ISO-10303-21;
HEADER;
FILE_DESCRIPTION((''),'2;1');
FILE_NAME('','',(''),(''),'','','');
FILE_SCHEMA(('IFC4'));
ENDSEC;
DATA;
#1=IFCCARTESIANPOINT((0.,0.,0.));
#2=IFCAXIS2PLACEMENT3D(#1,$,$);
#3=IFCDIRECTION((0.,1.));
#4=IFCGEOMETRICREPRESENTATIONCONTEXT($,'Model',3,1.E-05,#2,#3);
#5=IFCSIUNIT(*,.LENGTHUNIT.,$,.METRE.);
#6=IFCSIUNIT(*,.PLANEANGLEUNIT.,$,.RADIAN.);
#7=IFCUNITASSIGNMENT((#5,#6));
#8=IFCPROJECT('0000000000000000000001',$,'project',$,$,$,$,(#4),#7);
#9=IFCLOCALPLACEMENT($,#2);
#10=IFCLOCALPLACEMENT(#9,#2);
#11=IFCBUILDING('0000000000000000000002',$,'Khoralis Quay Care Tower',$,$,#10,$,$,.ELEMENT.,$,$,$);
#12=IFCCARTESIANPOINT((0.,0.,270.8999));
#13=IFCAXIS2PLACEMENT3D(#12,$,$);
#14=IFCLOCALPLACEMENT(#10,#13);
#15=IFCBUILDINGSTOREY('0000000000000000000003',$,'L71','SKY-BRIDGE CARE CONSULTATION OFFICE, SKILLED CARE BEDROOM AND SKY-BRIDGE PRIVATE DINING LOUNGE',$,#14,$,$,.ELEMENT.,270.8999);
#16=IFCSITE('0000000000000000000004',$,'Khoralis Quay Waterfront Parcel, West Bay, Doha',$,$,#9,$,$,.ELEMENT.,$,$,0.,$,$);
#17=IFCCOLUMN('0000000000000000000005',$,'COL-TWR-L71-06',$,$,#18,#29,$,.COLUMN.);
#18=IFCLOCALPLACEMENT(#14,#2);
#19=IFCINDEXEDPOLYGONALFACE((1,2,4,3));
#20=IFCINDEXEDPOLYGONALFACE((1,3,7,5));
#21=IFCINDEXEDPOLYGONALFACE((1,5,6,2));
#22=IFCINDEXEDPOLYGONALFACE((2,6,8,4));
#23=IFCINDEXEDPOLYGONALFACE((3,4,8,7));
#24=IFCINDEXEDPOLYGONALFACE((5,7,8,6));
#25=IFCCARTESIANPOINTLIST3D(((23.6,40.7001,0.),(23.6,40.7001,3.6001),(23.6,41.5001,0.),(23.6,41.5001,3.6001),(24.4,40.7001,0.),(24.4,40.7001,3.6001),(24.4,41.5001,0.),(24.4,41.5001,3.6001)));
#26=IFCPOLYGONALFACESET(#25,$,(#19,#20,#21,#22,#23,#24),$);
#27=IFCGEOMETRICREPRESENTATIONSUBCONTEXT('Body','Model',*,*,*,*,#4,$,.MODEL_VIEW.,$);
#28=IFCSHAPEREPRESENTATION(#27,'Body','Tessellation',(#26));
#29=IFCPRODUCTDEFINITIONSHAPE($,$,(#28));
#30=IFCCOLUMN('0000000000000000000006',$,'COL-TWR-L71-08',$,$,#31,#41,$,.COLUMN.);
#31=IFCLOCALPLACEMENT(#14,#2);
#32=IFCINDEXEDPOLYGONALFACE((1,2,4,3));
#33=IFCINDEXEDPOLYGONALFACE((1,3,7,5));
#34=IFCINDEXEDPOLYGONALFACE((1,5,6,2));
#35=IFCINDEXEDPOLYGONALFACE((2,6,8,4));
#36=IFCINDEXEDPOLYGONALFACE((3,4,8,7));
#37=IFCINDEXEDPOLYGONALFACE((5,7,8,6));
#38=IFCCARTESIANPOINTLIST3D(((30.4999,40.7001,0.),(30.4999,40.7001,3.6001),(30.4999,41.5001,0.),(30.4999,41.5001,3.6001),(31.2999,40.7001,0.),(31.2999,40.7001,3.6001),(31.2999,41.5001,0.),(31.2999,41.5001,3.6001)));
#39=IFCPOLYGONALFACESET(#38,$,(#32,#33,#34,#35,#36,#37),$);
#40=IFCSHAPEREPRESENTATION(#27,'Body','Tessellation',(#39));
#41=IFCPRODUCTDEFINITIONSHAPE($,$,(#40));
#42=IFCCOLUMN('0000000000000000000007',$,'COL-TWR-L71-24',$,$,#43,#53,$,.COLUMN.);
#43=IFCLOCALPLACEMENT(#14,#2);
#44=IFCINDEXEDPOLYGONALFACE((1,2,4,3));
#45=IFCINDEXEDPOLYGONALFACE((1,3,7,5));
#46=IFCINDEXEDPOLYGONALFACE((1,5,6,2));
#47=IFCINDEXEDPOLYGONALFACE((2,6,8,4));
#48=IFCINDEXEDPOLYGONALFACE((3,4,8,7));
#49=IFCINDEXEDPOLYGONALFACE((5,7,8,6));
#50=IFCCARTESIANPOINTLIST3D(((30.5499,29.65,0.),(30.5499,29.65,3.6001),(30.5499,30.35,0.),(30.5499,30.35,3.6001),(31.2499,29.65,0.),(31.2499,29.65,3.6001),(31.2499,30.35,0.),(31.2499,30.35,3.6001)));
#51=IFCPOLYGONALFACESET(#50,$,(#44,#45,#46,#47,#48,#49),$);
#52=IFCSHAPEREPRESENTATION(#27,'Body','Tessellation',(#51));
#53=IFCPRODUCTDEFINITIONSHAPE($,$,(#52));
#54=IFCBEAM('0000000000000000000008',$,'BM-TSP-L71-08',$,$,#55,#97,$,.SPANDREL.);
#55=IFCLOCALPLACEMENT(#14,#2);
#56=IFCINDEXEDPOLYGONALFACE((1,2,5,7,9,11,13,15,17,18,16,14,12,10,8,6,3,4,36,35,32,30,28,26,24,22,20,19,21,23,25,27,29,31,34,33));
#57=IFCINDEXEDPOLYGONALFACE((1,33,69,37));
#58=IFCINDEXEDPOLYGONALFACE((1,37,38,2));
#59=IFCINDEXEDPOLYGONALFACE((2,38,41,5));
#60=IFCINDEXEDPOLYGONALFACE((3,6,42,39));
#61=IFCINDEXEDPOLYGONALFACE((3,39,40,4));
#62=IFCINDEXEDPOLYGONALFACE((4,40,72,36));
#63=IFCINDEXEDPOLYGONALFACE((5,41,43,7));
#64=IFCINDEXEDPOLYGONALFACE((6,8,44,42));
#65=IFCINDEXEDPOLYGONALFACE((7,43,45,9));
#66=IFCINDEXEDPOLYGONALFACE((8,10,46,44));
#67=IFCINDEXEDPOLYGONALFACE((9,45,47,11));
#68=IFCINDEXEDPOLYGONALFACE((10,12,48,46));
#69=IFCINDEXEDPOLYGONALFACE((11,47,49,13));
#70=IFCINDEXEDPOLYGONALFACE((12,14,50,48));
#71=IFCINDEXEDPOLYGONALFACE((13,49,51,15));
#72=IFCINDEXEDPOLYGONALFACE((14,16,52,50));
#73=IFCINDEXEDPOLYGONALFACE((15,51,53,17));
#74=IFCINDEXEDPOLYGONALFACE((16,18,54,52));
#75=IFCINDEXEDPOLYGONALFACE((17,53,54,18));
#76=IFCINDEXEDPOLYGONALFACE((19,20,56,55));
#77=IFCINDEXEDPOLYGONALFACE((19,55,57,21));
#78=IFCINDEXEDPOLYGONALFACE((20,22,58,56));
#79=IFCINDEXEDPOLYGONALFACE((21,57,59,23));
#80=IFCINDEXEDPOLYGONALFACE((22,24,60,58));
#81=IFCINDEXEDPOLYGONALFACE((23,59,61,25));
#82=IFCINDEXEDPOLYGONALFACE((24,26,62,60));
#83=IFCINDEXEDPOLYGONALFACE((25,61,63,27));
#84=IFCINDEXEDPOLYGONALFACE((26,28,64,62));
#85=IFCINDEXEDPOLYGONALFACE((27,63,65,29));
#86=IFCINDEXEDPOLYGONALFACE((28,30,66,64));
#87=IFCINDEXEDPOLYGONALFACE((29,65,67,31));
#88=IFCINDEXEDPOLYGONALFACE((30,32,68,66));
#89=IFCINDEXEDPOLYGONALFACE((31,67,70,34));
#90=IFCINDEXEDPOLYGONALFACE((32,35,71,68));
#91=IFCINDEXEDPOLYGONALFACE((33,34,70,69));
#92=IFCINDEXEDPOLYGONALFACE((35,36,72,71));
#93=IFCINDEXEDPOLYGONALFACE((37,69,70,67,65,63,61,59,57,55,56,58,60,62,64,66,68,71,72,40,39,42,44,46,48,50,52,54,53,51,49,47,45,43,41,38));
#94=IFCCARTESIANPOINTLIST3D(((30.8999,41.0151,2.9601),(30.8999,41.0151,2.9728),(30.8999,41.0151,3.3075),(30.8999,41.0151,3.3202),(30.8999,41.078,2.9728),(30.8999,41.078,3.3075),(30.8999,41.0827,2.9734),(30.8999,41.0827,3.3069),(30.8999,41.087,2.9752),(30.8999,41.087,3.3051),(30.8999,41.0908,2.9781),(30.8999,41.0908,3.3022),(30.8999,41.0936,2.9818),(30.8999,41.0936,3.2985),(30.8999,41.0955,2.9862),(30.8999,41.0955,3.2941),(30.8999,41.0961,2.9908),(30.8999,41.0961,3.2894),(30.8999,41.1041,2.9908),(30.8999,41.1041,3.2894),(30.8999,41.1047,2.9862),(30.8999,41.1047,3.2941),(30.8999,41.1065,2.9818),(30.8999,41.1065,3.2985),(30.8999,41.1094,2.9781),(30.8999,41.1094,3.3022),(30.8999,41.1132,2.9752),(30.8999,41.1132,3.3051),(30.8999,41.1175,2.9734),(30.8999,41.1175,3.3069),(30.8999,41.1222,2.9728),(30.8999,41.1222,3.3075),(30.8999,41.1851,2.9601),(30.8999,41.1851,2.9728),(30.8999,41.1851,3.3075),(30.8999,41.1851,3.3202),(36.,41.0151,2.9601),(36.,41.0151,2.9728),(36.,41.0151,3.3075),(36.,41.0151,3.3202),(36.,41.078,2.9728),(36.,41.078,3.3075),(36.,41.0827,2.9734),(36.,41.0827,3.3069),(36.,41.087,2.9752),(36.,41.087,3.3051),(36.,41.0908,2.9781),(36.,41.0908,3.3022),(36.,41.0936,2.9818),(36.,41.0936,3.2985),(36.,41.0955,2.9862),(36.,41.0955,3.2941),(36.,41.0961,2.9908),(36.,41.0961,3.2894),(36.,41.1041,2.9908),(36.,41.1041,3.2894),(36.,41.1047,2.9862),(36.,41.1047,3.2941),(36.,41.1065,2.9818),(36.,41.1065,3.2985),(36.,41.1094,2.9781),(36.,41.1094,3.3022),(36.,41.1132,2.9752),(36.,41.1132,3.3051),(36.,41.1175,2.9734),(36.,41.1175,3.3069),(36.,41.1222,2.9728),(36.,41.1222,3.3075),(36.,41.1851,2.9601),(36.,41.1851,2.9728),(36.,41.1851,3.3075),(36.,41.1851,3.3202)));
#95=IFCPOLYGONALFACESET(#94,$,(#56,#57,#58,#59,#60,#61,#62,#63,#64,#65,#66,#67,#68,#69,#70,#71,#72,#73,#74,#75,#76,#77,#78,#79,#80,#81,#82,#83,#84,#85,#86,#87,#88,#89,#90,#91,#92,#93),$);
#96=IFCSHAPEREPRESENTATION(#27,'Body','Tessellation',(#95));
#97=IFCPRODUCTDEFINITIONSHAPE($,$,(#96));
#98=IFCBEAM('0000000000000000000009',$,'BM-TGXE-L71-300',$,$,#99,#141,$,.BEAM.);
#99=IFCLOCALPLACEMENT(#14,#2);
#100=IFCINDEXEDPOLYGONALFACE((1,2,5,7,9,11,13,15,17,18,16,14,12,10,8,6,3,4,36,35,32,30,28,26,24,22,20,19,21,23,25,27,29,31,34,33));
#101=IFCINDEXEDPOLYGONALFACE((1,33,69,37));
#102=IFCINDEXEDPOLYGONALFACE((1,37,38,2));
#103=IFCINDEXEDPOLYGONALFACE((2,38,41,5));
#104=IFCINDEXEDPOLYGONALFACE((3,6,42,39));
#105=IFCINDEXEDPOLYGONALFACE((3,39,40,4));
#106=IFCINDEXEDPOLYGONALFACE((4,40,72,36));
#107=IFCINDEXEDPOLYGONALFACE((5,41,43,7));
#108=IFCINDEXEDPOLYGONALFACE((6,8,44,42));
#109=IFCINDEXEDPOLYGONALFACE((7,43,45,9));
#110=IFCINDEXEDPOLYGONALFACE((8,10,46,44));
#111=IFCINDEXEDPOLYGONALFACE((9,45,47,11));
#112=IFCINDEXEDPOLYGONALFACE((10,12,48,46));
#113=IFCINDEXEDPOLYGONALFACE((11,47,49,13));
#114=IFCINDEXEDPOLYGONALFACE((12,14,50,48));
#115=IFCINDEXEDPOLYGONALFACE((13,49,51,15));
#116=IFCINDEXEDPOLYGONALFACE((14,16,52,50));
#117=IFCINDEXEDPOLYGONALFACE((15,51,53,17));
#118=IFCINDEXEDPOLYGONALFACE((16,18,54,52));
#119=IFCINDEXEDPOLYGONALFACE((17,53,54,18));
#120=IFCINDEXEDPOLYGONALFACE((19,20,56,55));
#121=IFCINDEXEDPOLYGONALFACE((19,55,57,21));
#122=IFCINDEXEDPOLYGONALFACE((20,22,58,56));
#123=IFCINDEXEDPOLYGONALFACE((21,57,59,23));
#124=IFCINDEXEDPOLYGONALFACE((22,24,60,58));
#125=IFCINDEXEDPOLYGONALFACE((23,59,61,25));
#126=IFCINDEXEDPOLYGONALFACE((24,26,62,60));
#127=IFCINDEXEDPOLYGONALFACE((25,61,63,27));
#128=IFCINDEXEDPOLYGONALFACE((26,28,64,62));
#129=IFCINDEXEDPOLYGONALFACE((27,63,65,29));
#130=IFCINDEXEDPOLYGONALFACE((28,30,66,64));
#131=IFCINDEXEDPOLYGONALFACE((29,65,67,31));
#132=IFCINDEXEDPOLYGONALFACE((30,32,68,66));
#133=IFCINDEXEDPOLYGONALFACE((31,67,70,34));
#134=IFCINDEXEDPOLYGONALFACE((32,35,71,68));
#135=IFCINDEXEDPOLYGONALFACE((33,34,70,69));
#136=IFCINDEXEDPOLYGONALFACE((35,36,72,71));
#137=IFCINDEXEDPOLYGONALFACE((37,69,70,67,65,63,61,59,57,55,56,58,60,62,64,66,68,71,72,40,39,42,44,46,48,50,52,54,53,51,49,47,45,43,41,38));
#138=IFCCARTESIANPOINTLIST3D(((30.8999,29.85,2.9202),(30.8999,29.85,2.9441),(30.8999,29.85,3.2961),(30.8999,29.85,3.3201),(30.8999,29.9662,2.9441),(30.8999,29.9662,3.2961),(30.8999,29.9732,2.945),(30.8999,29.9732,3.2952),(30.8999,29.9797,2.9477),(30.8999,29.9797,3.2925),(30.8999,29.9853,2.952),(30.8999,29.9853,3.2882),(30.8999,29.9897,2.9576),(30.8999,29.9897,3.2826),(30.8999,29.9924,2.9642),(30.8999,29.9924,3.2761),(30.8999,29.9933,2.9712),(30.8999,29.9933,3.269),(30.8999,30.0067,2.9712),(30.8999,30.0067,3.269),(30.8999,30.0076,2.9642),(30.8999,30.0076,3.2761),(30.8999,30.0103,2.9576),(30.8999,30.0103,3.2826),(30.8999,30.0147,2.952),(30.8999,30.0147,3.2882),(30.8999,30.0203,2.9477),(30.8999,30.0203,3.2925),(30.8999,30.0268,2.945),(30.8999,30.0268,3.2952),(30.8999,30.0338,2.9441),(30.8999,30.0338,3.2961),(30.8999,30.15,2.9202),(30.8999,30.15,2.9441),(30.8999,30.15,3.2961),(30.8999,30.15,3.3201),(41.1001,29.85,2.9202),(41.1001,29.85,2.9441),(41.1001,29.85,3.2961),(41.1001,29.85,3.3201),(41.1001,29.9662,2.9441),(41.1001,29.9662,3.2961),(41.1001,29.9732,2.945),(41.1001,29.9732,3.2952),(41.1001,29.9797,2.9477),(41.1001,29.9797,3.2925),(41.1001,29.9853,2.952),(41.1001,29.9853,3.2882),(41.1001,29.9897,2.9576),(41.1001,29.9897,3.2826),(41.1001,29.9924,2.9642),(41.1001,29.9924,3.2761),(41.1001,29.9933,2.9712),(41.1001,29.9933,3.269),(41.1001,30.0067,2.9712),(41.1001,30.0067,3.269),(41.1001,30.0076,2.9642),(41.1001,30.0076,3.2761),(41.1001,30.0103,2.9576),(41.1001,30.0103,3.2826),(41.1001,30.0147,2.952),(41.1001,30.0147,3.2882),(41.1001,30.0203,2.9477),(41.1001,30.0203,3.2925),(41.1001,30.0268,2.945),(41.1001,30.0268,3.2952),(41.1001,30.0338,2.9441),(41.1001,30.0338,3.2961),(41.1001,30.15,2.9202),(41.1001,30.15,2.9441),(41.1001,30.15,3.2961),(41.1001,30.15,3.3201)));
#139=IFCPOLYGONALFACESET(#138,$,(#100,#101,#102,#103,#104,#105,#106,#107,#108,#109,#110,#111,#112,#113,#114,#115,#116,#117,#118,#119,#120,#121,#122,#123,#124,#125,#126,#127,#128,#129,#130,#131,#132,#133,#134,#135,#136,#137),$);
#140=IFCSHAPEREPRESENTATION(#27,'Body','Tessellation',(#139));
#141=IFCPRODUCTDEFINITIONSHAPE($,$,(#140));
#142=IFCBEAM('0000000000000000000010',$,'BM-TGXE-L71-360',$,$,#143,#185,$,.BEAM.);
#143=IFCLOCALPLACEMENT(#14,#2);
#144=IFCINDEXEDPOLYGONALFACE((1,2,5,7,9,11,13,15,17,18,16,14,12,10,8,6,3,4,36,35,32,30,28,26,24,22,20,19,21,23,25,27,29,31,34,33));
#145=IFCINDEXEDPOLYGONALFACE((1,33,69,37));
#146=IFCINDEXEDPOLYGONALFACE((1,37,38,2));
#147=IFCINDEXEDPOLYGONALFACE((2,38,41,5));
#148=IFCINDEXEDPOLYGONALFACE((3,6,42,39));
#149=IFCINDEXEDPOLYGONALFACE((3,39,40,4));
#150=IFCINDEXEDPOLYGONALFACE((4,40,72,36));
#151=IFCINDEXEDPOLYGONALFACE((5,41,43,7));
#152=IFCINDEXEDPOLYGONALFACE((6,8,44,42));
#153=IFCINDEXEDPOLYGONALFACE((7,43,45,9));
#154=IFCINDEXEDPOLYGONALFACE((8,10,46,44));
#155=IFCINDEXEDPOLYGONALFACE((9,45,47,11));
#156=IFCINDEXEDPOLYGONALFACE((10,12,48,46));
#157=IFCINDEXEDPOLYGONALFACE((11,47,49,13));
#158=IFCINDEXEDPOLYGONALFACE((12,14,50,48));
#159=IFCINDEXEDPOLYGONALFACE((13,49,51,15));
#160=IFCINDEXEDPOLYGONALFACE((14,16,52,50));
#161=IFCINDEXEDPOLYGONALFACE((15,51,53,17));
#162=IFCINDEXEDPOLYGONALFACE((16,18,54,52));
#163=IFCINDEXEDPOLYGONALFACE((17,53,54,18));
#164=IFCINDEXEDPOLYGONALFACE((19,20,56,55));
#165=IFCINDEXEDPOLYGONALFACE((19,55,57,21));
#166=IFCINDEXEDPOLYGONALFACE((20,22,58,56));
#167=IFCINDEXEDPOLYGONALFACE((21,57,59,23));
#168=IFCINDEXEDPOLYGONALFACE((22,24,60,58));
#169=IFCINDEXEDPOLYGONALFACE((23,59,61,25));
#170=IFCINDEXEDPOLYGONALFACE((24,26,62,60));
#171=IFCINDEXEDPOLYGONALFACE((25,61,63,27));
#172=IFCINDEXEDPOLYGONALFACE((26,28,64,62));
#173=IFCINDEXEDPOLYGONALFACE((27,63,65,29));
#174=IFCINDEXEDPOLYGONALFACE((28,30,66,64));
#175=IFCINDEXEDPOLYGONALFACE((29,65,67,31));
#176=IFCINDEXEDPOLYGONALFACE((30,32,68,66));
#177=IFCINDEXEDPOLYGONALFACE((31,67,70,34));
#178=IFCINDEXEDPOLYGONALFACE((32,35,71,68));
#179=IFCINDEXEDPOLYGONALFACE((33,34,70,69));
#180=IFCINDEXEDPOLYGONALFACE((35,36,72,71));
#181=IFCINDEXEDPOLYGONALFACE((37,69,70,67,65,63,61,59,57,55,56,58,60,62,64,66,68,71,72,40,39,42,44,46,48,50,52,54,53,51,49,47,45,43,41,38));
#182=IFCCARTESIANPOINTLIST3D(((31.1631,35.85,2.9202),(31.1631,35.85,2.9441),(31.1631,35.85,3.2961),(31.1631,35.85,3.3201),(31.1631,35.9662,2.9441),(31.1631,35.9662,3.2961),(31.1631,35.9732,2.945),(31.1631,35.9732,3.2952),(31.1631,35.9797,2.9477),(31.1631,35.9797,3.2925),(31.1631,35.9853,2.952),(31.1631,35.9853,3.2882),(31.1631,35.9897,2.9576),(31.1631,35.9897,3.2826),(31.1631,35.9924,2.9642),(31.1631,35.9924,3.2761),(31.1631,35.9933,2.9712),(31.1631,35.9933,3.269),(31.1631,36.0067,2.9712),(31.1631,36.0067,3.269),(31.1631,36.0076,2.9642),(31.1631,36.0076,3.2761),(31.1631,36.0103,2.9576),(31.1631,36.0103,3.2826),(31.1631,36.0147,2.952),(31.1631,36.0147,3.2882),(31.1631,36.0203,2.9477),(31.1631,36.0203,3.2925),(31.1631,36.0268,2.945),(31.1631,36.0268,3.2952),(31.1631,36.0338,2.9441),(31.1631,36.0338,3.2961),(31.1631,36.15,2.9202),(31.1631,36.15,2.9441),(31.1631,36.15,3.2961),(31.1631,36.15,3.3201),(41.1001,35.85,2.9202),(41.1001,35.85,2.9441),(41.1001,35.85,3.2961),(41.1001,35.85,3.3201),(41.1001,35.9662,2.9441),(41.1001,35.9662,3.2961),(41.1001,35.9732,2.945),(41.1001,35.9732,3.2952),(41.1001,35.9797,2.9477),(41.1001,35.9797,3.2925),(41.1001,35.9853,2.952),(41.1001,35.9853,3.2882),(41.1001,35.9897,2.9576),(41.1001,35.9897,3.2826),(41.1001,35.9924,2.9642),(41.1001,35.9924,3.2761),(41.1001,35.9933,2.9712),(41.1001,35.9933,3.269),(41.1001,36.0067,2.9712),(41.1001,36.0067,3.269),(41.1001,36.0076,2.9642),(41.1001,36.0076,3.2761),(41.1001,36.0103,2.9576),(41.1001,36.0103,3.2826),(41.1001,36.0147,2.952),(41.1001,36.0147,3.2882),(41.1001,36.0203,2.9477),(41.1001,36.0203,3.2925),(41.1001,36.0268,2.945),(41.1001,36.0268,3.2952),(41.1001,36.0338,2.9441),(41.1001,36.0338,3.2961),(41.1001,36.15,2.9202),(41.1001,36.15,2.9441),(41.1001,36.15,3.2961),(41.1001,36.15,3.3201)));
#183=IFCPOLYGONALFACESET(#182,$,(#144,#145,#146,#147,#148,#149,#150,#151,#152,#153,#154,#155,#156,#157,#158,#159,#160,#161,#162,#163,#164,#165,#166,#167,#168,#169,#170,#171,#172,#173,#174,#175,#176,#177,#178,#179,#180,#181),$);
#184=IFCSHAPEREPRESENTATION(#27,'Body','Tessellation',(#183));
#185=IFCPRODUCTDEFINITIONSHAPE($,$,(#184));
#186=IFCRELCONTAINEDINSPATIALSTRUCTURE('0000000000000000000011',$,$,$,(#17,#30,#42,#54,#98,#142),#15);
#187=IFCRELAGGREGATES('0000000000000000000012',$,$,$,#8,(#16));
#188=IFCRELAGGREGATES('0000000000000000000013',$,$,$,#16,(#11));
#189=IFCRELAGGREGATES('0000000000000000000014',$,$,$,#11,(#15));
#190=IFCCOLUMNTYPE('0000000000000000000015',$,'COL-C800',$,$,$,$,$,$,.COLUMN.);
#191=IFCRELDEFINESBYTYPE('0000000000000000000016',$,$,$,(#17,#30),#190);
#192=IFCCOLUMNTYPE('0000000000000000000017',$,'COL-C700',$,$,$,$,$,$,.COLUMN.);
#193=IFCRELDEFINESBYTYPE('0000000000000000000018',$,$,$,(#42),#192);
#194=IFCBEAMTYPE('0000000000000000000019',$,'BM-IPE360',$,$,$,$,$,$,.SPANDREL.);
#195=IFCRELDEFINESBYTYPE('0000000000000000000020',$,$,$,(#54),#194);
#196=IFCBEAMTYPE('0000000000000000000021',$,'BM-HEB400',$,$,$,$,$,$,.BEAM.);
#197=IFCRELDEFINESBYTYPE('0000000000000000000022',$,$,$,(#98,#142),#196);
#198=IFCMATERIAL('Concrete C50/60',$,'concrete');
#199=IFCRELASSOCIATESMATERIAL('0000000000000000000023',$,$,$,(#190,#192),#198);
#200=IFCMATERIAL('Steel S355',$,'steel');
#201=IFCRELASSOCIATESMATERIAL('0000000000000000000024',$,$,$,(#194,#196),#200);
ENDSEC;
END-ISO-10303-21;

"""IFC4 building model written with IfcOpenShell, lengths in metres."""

from ifc_helpers import new_model, si_unit, direction, frame, origin, origin_2d, place, context, subcontext, project, spatial, rectangle, i_section, extrude, source, transform, mapped, material, material_profile, profile_set, type_object, element, save


model = new_model("IFC4")

# Units and contexts
model_context = context("Model", 3, precision=1e-05, world=origin(), true_north=direction((0.0, 1.0)))
body_context = subcontext(model_context, "Body", "Model", "MODEL_VIEW")
ifc_project = project(units=[si_unit("LENGTHUNIT", "METRE"), si_unit("PLANEANGLEUNIT", "RADIAN")], contexts=[model_context])

# Site, building, storey
site_placement = place(None, origin())
site = spatial("IfcSite", under=ifc_project, at=site_placement, Name="Khoralis Quay Waterfront Parcel, West Bay, Doha", CompositionType="ELEMENT", RefElevation=0.0)
building_placement = place(site_placement, origin())
building = spatial("IfcBuilding", under=site, at=building_placement, Name="Khoralis Quay Care Tower", CompositionType="ELEMENT")
storey_placement = place(building_placement, frame((0.0, 0.0, 270.8999)))
storey = spatial("IfcBuildingStorey", under=building, at=storey_placement, Name="L71", Description="SKY-BRIDGE CARE CONSULTATION OFFICE, SKILLED CARE BEDROOM AND SKY-BRIDGE PRIVATE DINING LOUNGE", CompositionType="ELEMENT", Elevation=270.8999)

# Columns
ifc_material_1 = material(Name="Concrete C50/60", Category="concrete")
ifc_material_profile_1 = material_profile(ifc_material_1, rectangle(XDim=0.8, YDim=0.8, at=origin_2d()), Name="Concrete C50/60")
ifc_profile_set_1 = profile_set([ifc_material_profile_1], Name="Concrete C50/60")
column_type_1 = type_object("IfcColumnType", Name="COL-C800", PredefinedType="COLUMN", material=ifc_profile_set_1)
shared_shape_1 = source(origin(), body_context, "Body", "SweptSolid", [
    extrude(rectangle(XDim=0.8, YDim=0.8, at=origin_2d()), origin(), (0.0, 0.0, 1.0), 3.6001),
])
for number, where, z_axis, x_axis, name in (
    (1, (24.0, 41.1001, 0.0), (0.0, 0.0, 1.0), (1.0, 0.0, 0.0), "COL-TWR-L71-06"),
    (2, (30.8999, 41.1001, 0.0), (0.0, 0.0, 1.0), (1.0, 0.0, 0.0), "COL-TWR-L71-08"),
):
    element("IfcColumn", number, at=place(storey_placement, frame(where, z_axis=z_axis, x_axis=x_axis)), inside=storey, type_object=column_type_1, Name=name, PredefinedType="COLUMN", context=body_context, shape_type="MappedRepresentation", body=[
        mapped(shared_shape_1, transform((0.0, 0.0, 0.0), scale=1.0)),
    ])
ifc_material_profile_2 = material_profile(ifc_material_1, rectangle(XDim=0.7, YDim=0.7, at=origin_2d()), Name="Concrete C50/60")
ifc_profile_set_2 = profile_set([ifc_material_profile_2], Name="Concrete C50/60")
column_type_2 = type_object("IfcColumnType", Name="COL-C700", PredefinedType="COLUMN", material=ifc_profile_set_2)
shared_shape_2 = source(origin(), body_context, "Body", "SweptSolid", [
    extrude(rectangle(XDim=0.7, YDim=0.7, at=origin_2d()), origin(), (0.0, 0.0, 1.0), 3.6001),
])
column_placement = place(storey_placement, frame((30.8999, 30.0, 0.0), z_axis=(0.0, 0.0, 1.0), x_axis=(1.0, 0.0, 0.0)))
element("IfcColumn", 3, at=column_placement, inside=storey, type_object=column_type_2, Name="COL-TWR-L71-24", PredefinedType="COLUMN", context=body_context, shape_type="MappedRepresentation", body=[
    mapped(shared_shape_2, transform((0.0, 0.0, 0.0), scale=1.0)),
])

# Beams
ifc_material_2 = material(Name="Steel S355", Category="steel")
ifc_material_profile_3 = material_profile(ifc_material_2, i_section(OverallWidth=0.1699, OverallDepth=0.3601, WebThickness=0.0081, FlangeThickness=0.0127, FilletRadius=0.0181, at=origin_2d()), Name="Steel S355")
ifc_profile_set_3 = profile_set([ifc_material_profile_3], Name="Steel S355")
beam_type_1 = type_object("IfcBeamType", Name="BM-IPE360", PredefinedType="SPANDREL", material=ifc_profile_set_3)
shared_shape_3 = source(origin(), body_context, "Body", "SweptSolid", [
    extrude(i_section(OverallWidth=0.1699, OverallDepth=0.3601, WebThickness=0.0081, FlangeThickness=0.0127, FilletRadius=0.0181, at=origin_2d()), origin(), (0.0, 0.0, 1.0), 5.1001),
])
beam_1_placement = place(storey_placement, frame((30.8999, 41.1001, 3.1401), z_axis=(1.0, 0.0, 0.0), x_axis=(0.0, 1.0, 0.0)))
element("IfcBeam", 4, at=beam_1_placement, inside=storey, type_object=beam_type_1, Name="BM-TSP-L71-08", PredefinedType="SPANDREL", context=body_context, shape_type="MappedRepresentation", body=[
    mapped(shared_shape_3, transform((0.0, 0.0, 0.0), scale=1.0)),
])
ifc_material_profile_4 = material_profile(ifc_material_2, i_section(OverallWidth=0.3, OverallDepth=0.3999, WebThickness=0.0134, FlangeThickness=0.0239, FilletRadius=0.0271, at=origin_2d()), Name="Steel S355")
ifc_profile_set_4 = profile_set([ifc_material_profile_4], Name="Steel S355")
beam_type_2 = type_object("IfcBeamType", Name="BM-HEB400", PredefinedType="BEAM", material=ifc_profile_set_4)
shared_shape_4 = source(origin(), body_context, "Body", "SweptSolid", [
    extrude(i_section(OverallWidth=0.3, OverallDepth=0.3999, WebThickness=0.0134, FlangeThickness=0.0239, FilletRadius=0.0271, at=origin_2d()), origin(), (0.0, 0.0, 1.0), 10.2002),
])
beam_2_placement = place(storey_placement, frame((30.8999, 30.0, 3.1201), z_axis=(1.0, 0.0, 0.0), x_axis=(0.0, 1.0, 0.0)))
element("IfcBeam", 5, at=beam_2_placement, inside=storey, type_object=beam_type_2, Name="BM-TGXE-L71-300", PredefinedType="BEAM", context=body_context, shape_type="MappedRepresentation", body=[
    mapped(shared_shape_4, transform((0.0, 0.0, 0.0), scale=1.0)),
])
shared_shape_5 = source(origin(), body_context, "Body", "SweptSolid", [
    extrude(i_section(OverallWidth=0.3, OverallDepth=0.3999, WebThickness=0.0134, FlangeThickness=0.0239, FilletRadius=0.0271, at=origin_2d()), origin(), (0.0, 0.0, 1.0), 9.937),
])
beam_3_placement = place(storey_placement, frame((31.1631, 36.0, 3.1201), z_axis=(1.0, 0.0, 0.0), x_axis=(0.0, 1.0, 0.0)))
element("IfcBeam", 6, at=beam_3_placement, inside=storey, type_object=beam_type_2, Name="BM-TGXE-L71-360", PredefinedType="BEAM", context=body_context, shape_type="MappedRepresentation", body=[
    mapped(shared_shape_5, transform((0.0, 0.0, 0.0), scale=1.0)),
])

save(model, "model.ifc")
